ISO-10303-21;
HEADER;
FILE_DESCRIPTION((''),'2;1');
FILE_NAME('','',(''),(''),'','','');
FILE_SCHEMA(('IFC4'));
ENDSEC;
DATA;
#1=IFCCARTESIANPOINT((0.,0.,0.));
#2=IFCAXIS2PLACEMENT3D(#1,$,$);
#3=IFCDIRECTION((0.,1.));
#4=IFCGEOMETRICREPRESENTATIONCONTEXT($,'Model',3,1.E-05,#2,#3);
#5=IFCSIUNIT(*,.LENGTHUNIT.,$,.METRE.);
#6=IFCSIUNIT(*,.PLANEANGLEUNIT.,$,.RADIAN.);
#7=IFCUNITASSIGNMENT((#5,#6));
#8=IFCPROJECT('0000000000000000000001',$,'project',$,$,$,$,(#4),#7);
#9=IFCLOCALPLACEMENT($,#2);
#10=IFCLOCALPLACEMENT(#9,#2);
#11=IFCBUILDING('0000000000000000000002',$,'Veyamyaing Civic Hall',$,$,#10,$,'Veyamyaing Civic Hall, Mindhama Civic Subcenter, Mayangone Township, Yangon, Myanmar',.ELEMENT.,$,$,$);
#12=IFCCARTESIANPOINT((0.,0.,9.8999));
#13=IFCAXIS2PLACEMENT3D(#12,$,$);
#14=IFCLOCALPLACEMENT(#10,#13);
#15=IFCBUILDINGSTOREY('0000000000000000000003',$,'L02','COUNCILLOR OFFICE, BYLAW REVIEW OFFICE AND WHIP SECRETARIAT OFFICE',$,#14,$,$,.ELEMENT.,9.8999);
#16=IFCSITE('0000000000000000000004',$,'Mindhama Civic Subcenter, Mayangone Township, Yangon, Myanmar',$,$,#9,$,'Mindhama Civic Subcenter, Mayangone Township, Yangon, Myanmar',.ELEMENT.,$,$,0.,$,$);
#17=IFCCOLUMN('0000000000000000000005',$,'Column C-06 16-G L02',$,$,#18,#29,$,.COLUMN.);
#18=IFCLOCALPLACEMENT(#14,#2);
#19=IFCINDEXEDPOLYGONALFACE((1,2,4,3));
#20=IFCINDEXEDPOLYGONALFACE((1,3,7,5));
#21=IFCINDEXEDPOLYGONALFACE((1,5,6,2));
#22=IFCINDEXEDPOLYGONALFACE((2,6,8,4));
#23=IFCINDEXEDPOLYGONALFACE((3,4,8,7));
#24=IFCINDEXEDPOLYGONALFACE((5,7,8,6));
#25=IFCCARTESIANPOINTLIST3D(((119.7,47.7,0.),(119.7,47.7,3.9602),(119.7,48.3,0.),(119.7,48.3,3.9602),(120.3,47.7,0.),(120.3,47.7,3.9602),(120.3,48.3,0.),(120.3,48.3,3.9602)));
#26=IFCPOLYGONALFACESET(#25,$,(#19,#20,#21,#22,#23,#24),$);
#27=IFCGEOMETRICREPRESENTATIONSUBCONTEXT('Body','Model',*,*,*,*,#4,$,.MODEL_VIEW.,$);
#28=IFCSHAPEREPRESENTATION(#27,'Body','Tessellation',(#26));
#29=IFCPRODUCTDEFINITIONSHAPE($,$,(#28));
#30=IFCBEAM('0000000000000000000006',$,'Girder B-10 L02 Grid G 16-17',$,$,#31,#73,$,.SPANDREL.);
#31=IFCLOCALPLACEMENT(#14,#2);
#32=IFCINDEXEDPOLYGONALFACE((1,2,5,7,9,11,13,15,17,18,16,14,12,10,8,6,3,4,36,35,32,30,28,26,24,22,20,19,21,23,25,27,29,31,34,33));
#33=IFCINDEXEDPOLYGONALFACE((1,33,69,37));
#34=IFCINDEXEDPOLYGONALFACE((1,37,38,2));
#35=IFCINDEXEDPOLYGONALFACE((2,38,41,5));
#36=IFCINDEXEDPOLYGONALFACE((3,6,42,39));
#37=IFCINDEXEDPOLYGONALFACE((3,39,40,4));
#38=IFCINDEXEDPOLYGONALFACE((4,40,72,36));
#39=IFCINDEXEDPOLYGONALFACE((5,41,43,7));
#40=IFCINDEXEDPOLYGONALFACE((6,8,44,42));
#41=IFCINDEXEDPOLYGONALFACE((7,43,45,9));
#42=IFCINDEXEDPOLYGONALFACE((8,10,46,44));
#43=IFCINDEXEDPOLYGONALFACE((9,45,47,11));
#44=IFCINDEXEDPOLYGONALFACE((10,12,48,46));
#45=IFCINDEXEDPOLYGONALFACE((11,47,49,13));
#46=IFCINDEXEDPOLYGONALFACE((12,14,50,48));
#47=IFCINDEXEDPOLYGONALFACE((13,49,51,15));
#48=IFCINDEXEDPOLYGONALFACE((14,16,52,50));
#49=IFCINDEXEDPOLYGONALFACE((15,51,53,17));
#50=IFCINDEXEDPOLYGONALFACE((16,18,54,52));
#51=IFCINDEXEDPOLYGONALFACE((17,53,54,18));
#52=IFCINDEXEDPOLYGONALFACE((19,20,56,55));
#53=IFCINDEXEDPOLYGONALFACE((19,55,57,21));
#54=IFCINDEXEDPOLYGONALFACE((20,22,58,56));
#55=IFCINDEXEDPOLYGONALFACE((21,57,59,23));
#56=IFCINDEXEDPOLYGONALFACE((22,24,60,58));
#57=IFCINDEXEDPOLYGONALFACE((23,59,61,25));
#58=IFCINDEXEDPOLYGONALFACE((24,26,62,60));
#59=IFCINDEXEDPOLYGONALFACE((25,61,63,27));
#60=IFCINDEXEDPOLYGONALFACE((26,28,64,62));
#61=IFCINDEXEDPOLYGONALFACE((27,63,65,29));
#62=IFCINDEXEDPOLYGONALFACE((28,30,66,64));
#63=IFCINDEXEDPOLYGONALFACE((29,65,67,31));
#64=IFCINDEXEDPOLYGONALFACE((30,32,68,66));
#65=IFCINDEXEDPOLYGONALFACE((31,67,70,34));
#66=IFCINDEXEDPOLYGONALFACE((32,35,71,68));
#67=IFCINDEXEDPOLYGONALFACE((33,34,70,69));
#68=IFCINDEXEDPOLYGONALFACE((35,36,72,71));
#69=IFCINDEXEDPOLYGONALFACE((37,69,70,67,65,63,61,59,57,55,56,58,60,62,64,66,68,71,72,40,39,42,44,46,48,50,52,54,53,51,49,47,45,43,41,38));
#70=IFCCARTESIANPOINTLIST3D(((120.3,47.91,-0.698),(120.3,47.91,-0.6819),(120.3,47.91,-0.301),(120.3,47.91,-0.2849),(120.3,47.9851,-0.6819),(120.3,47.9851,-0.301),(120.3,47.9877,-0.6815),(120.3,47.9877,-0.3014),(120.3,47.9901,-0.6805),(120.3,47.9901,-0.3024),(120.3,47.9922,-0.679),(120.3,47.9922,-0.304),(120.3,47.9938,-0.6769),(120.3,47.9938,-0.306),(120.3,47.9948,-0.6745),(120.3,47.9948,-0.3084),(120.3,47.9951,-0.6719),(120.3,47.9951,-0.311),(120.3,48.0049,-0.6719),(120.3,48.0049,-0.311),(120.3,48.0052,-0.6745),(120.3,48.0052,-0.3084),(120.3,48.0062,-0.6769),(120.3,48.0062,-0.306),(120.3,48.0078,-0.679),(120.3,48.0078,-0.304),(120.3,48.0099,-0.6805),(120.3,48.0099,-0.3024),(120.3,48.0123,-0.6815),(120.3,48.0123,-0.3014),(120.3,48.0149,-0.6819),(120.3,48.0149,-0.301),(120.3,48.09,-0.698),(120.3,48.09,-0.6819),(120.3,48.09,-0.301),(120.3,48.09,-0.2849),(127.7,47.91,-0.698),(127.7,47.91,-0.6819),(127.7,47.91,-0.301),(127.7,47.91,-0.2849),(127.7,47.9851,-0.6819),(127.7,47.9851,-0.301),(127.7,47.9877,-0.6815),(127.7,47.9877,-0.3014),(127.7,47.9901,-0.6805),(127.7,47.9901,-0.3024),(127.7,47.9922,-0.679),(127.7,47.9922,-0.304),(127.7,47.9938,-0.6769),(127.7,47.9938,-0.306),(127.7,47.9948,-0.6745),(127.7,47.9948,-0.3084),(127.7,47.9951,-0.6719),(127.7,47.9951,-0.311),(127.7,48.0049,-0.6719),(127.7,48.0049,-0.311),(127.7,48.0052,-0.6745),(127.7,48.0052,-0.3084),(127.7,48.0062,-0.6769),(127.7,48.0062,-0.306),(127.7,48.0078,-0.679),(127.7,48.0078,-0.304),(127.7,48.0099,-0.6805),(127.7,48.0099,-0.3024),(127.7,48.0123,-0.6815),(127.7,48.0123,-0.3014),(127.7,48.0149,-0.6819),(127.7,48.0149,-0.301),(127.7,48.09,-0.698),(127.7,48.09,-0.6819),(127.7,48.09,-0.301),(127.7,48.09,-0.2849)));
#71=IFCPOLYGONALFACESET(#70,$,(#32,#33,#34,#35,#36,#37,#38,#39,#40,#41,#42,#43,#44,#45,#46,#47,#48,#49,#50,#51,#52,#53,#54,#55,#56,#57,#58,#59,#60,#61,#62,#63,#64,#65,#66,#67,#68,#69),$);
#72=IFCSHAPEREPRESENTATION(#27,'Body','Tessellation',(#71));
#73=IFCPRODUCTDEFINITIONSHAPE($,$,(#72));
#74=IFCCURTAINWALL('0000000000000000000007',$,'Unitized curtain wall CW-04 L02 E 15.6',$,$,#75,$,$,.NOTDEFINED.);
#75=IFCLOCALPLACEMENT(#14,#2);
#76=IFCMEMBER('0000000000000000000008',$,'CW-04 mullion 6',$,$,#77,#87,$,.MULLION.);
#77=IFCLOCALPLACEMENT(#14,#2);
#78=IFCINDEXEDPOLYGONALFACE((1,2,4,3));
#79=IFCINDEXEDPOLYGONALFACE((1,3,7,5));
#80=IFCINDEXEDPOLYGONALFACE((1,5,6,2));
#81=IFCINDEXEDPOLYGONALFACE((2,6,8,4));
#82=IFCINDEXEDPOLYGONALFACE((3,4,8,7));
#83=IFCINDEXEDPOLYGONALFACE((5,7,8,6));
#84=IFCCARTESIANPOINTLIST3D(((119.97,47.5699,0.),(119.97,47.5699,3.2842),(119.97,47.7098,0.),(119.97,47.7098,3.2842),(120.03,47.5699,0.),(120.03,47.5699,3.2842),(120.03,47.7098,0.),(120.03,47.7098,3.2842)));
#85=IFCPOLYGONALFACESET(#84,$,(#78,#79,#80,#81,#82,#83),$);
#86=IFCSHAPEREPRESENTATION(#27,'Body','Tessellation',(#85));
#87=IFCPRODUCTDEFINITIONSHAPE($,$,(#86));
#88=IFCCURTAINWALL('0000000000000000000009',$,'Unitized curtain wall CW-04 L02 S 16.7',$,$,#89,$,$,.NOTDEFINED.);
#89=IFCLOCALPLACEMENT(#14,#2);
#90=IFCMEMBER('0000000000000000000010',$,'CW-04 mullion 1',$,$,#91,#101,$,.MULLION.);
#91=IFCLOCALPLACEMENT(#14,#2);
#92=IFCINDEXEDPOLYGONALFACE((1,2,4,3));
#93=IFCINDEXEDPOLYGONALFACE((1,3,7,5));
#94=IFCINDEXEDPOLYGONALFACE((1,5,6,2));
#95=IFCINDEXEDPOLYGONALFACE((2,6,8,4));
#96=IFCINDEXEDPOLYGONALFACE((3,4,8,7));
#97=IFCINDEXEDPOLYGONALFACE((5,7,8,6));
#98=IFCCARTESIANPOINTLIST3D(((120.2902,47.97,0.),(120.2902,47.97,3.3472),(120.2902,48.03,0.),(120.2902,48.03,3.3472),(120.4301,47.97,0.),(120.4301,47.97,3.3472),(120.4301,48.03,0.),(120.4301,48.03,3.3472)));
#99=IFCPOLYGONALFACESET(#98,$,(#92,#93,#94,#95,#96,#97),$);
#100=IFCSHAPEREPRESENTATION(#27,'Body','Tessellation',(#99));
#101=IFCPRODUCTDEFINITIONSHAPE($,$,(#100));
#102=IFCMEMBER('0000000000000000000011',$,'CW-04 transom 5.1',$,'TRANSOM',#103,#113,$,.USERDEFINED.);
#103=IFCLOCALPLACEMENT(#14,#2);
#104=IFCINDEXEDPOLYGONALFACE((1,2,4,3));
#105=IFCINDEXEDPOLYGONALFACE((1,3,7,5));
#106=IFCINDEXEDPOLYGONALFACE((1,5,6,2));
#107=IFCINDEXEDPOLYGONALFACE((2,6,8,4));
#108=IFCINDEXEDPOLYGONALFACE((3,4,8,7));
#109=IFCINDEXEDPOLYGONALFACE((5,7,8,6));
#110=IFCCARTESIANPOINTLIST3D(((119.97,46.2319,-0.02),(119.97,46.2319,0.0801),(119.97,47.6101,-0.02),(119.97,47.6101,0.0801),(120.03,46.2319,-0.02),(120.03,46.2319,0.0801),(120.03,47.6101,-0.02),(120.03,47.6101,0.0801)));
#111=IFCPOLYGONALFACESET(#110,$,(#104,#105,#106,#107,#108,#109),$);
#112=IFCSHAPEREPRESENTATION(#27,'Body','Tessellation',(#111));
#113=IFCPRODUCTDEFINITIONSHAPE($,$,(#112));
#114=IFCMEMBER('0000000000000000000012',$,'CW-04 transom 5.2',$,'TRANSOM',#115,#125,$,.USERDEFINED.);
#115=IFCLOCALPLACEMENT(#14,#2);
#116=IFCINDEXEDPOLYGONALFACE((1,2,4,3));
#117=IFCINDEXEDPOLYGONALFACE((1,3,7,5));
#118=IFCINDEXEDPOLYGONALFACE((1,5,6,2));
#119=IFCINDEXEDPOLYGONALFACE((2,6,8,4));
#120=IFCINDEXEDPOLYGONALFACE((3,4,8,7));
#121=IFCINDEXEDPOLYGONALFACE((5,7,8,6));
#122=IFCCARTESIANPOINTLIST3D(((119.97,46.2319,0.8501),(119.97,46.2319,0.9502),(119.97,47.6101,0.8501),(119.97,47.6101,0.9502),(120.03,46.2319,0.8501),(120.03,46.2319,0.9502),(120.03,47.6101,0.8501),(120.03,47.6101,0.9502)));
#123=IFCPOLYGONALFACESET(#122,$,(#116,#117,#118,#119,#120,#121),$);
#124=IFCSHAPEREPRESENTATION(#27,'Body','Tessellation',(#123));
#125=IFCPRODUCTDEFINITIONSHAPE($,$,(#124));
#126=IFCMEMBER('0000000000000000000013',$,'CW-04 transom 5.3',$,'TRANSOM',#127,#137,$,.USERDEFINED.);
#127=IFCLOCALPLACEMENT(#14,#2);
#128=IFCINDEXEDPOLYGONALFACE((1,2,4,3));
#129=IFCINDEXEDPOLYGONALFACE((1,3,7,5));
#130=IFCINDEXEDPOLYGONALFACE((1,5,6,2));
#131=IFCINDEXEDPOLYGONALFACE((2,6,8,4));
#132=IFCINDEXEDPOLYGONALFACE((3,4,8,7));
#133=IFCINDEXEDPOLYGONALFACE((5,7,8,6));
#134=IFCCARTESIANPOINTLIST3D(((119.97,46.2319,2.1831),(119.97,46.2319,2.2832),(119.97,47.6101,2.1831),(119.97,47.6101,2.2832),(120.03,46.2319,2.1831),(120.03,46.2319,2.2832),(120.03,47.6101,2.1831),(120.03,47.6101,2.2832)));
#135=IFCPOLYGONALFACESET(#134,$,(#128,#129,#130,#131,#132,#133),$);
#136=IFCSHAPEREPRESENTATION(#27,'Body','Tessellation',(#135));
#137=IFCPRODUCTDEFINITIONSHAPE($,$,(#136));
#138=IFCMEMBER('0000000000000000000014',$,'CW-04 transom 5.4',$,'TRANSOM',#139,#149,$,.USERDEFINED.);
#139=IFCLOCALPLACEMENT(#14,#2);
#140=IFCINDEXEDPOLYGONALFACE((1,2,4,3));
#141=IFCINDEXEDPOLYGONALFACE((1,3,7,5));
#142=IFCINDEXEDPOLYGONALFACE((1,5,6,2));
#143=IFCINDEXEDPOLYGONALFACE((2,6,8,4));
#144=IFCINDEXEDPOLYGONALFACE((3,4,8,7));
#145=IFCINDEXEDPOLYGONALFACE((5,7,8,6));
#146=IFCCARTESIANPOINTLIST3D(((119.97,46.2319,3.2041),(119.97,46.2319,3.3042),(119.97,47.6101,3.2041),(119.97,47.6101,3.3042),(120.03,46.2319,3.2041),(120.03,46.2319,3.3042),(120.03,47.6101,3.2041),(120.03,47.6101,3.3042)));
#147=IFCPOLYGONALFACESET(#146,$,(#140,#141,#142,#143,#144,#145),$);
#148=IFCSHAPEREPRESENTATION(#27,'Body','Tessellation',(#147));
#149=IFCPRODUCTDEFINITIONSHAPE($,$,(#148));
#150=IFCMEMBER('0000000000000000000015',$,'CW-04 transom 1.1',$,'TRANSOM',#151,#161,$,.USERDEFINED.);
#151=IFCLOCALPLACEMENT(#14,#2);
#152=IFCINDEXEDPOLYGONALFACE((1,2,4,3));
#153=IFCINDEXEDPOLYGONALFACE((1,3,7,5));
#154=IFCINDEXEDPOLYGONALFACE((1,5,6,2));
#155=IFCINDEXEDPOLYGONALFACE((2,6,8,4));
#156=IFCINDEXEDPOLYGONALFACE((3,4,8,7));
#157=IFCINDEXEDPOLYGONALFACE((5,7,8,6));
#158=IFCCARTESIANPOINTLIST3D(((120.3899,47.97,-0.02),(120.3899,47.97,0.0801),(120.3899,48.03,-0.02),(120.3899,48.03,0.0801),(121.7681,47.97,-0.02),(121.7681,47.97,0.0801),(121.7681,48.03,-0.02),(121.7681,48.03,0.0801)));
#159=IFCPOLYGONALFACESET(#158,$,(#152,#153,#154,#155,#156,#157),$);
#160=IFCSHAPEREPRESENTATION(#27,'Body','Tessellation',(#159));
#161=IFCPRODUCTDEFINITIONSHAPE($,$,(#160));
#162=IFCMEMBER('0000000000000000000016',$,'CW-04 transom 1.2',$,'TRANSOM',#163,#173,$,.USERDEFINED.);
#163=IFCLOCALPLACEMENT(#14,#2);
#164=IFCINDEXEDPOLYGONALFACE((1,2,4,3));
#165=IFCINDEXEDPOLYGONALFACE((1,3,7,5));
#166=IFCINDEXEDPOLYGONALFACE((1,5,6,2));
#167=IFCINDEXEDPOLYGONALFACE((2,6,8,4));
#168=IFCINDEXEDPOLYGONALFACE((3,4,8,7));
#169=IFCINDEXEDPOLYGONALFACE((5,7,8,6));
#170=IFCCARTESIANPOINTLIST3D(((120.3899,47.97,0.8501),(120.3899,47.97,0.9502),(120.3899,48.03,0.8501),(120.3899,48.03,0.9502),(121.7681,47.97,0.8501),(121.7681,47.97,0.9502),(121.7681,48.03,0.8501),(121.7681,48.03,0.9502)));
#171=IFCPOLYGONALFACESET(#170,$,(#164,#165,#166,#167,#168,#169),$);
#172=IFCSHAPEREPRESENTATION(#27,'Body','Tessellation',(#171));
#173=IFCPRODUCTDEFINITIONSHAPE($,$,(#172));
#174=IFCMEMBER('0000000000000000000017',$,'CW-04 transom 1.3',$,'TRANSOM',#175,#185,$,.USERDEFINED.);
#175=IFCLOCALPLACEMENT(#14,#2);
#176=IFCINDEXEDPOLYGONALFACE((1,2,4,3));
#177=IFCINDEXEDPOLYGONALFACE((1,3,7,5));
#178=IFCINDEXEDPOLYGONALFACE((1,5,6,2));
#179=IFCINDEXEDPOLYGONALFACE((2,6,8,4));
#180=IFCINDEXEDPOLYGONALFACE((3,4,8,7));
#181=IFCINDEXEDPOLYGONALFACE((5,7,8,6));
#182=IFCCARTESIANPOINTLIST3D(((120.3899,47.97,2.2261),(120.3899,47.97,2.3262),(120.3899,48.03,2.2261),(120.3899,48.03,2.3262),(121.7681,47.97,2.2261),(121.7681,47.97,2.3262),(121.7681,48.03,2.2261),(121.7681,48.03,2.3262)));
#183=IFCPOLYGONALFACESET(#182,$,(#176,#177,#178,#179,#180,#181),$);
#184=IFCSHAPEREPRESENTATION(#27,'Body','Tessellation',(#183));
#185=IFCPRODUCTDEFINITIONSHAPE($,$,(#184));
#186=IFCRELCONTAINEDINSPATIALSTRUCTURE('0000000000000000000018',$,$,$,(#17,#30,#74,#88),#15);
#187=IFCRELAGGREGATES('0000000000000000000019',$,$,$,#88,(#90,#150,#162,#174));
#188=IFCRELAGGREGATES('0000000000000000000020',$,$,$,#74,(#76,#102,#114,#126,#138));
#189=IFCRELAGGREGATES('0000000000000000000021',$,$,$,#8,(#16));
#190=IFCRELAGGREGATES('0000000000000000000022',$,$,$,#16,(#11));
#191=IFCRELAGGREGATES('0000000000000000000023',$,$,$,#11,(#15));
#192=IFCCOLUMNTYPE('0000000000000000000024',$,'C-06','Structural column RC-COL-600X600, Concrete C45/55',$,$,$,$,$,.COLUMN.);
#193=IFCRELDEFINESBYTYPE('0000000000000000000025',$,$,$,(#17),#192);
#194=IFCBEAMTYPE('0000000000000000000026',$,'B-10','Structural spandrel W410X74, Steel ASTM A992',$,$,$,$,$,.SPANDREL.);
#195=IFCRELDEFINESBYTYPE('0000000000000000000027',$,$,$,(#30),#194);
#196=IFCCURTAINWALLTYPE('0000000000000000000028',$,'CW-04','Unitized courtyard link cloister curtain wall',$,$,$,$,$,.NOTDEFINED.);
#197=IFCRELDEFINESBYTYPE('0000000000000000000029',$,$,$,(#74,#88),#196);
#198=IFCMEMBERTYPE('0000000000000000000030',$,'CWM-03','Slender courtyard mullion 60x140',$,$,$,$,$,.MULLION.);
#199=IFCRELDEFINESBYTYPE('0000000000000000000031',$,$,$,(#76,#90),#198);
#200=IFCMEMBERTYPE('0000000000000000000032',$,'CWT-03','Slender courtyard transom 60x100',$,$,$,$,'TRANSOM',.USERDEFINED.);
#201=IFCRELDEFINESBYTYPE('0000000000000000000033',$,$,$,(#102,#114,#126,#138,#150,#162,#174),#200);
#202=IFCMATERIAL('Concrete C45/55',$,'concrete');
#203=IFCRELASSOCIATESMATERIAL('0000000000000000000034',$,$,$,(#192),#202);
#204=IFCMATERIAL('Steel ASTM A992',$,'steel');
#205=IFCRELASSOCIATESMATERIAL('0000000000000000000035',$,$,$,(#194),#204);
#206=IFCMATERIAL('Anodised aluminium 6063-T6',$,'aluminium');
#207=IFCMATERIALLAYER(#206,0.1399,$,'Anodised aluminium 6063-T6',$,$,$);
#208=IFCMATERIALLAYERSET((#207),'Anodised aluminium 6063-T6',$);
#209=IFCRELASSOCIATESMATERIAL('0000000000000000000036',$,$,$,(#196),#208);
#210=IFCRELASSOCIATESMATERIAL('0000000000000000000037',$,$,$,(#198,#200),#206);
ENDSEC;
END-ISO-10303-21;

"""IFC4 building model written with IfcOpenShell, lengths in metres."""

from ifc_helpers import new_model, si_unit, direction, frame, origin, origin_2d, place, context, subcontext, project, spatial, rectangle, i_section, extrude, material, layer, layer_set, material_profile, profile_set, type_object, element, aggregate, save


model = new_model("IFC4")

# Units and contexts
model_context = context("Model", 3, precision=1e-05, world=origin(), true_north=direction((0.0, 1.0)))
body_context = subcontext(model_context, "Body", "Model", "MODEL_VIEW")
ifc_project = project(units=[si_unit("LENGTHUNIT", "METRE"), si_unit("PLANEANGLEUNIT", "RADIAN")], contexts=[model_context])

# Site, building, storey
site_placement = place(None, origin())
site = spatial("IfcSite", under=ifc_project, at=site_placement, Name="Mindhama Civic Subcenter, Mayangone Township, Yangon, Myanmar", LongName="Mindhama Civic Subcenter, Mayangone Township, Yangon, Myanmar", CompositionType="ELEMENT", RefElevation=0.0)
building_placement = place(site_placement, origin())
building = spatial("IfcBuilding", under=site, at=building_placement, Name="Veyamyaing Civic Hall", LongName="Veyamyaing Civic Hall, Mindhama Civic Subcenter, Mayangone Township, Yangon, Myanmar", CompositionType="ELEMENT")
storey_placement = place(building_placement, frame((0.0, 0.0, 9.8999)))
storey = spatial("IfcBuildingStorey", under=building, at=storey_placement, Name="L02", Description="COUNCILLOR OFFICE, BYLAW REVIEW OFFICE AND WHIP SECRETARIAT OFFICE", CompositionType="ELEMENT", Elevation=9.8999)

# Column
ifc_material_1 = material(Name="Concrete C45/55", Category="concrete")
ifc_material_profile_1 = material_profile(ifc_material_1, rectangle(XDim=0.6001, YDim=0.6001, at=origin_2d()), Name="RC-COL-600X600")
ifc_profile_set_1 = profile_set([ifc_material_profile_1], Name="Concrete C45/55")
column_type = type_object("IfcColumnType", Name="C-06", Description="Structural column RC-COL-600X600, Concrete C45/55", PredefinedType="COLUMN", material=ifc_profile_set_1)
column_placement = place(storey_placement, frame((120.0, 48.0, 0.0), z_axis=(0.0, 0.0, 1.0), x_axis=(1.0, 0.0, 0.0)))
element("IfcColumn", 1, at=column_placement, inside=storey, type_object=column_type, Name="Column C-06 16-G L02", PredefinedType="COLUMN", context=body_context, shape_type="SweptSolid", body=[
    extrude(rectangle(XDim=0.6001, YDim=0.6001, at=origin_2d()), origin(), (0.0, 0.0, 1.0), 3.9602),
])

# Beam
ifc_material_2 = material(Name="Steel ASTM A992", Category="steel")
ifc_material_profile_2 = material_profile(ifc_material_2, i_section(OverallWidth=0.1799, OverallDepth=0.4131, WebThickness=0.0098, FlangeThickness=0.0161, FilletRadius=0.01, at=origin_2d()), Name="W410X74")
ifc_profile_set_2 = profile_set([ifc_material_profile_2], Name="Steel ASTM A992")
beam_type = type_object("IfcBeamType", Name="B-10", Description="Structural spandrel W410X74, Steel ASTM A992", PredefinedType="SPANDREL", material=ifc_profile_set_2)
beam_placement = place(storey_placement, frame((120.3, 48.0, -0.4915), z_axis=(1.0, 0.0, 0.0), x_axis=(0.0, 1.0, 0.0)))
element("IfcBeam", 2, at=beam_placement, inside=storey, type_object=beam_type, Name="Girder B-10 L02 Grid G 16-17", PredefinedType="SPANDREL", context=body_context, shape_type="SweptSolid", body=[
    extrude(i_section(OverallWidth=0.1799, OverallDepth=0.4131, WebThickness=0.0098, FlangeThickness=0.0161, FilletRadius=0.01, at=origin_2d()), origin(), (0.0, 0.0, 1.0), 7.3999),
])

# Curtain walls, members
ifc_material_3 = material(Name="Anodised aluminium 6063-T6", Category="aluminium")
ifc_layer_1 = layer(ifc_material_3, 0.1399, Name="Anodised aluminium 6063-T6")
ifc_layer_set_1 = layer_set([ifc_layer_1], Name="Anodised aluminium 6063-T6")
curtain_wall_type = type_object("IfcCurtainWallType", Name="CW-04", Description="Unitized courtyard link cloister curtain wall", PredefinedType="NOTDEFINED", material=ifc_layer_set_1)
curtain_wall_1_placement = place(storey_placement, origin())
curtain_wall_1 = element("IfcCurtainWall", 3, at=curtain_wall_1_placement, inside=storey, type_object=curtain_wall_type, Name="Unitized curtain wall CW-04 L02 E 15.6", PredefinedType="NOTDEFINED")
ifc_material_profile_3 = material_profile(ifc_material_3, rectangle(XDim=0.0601, YDim=0.1399, at=origin_2d()), Name="ALU-MUL-60X140")
ifc_profile_set_3 = profile_set([ifc_material_profile_3], Name="Anodised aluminium 6063-T6")
member_type_1 = type_object("IfcMemberType", Name="CWM-03", Description="Slender courtyard mullion 60x140", PredefinedType="MULLION", material=ifc_profile_set_3)
member_1_placement = place(storey_placement, frame((120.0, 47.6399, 0.0), z_axis=(0.0, 0.0, 1.0), x_axis=(-1.0, 0.0, 0.0)))
member_1 = element("IfcMember", 4, at=member_1_placement, type_object=member_type_1, Name="CW-04 mullion 6", PredefinedType="MULLION", context=body_context, shape_type="SweptSolid", body=[
    extrude(rectangle(XDim=0.0601, YDim=0.1399, at=origin_2d()), origin(), (0.0, 0.0, 1.0), 3.2842),
])
curtain_wall_2_placement = place(storey_placement, origin())
curtain_wall_2 = element("IfcCurtainWall", 5, at=curtain_wall_2_placement, inside=storey, type_object=curtain_wall_type, Name="Unitized curtain wall CW-04 L02 S 16.7", PredefinedType="NOTDEFINED")
member_2_placement = place(storey_placement, frame((120.3601, 48.0, 0.0), z_axis=(0.0, 0.0, 1.0), x_axis=(0.0, 1.0, 0.0)))
member_2 = element("IfcMember", 6, at=member_2_placement, type_object=member_type_1, Name="CW-04 mullion 1", PredefinedType="MULLION", context=body_context, shape_type="SweptSolid", body=[
    extrude(rectangle(XDim=0.0601, YDim=0.1399, at=origin_2d()), origin(), (0.0, 0.0, 1.0), 3.3472),
])

# Members
ifc_material_profile_4 = material_profile(ifc_material_3, rectangle(XDim=0.0601, YDim=0.1001, at=origin_2d()), Name="ALU-TRN-60X100")
ifc_profile_set_4 = profile_set([ifc_material_profile_4], Name="Anodised aluminium 6063-T6")
member_type_2 = type_object("IfcMemberType", Name="CWT-03", Description="Slender courtyard transom 60x100", ElementType="TRANSOM", PredefinedType="USERDEFINED", material=ifc_profile_set_4)
member_3_placement = place(storey_placement, frame((120.0, 46.2319, 0.03), z_axis=(0.0, 1.0, 0.0), x_axis=(-1.0, 0.0, 0.0)))
member_3 = element("IfcMember", 7, at=member_3_placement, type_object=member_type_2, Name="CW-04 transom 5.1", ObjectType="TRANSOM", PredefinedType="USERDEFINED", context=body_context, shape_type="SweptSolid", body=[
    extrude(rectangle(XDim=0.0601, YDim=0.1001, at=origin_2d()), origin(), (0.0, 0.0, 1.0), 1.3782),
])
member_4_placement = place(storey_placement, frame((120.0, 46.2319, 0.9001), z_axis=(0.0, 1.0, 0.0), x_axis=(-1.0, 0.0, 0.0)))
member_4 = element("IfcMember", 8, at=member_4_placement, type_object=member_type_2, Name="CW-04 transom 5.2", ObjectType="TRANSOM", PredefinedType="USERDEFINED", context=body_context, shape_type="SweptSolid", body=[
    extrude(rectangle(XDim=0.0601, YDim=0.1001, at=origin_2d()), origin(), (0.0, 0.0, 1.0), 1.3782),
])
member_5_placement = place(storey_placement, frame((120.0, 46.2319, 2.2332), z_axis=(0.0, 1.0, 0.0), x_axis=(-1.0, 0.0, 0.0)))
member_5 = element("IfcMember", 9, at=member_5_placement, type_object=member_type_2, Name="CW-04 transom 5.3", ObjectType="TRANSOM", PredefinedType="USERDEFINED", context=body_context, shape_type="SweptSolid", body=[
    extrude(rectangle(XDim=0.0601, YDim=0.1001, at=origin_2d()), origin(), (0.0, 0.0, 1.0), 1.3782),
])
member_6_placement = place(storey_placement, frame((120.0, 46.2319, 3.2542), z_axis=(0.0, 1.0, 0.0), x_axis=(-1.0, 0.0, 0.0)))
member_6 = element("IfcMember", 10, at=member_6_placement, type_object=member_type_2, Name="CW-04 transom 5.4", ObjectType="TRANSOM", PredefinedType="USERDEFINED", context=body_context, shape_type="SweptSolid", body=[
    extrude(rectangle(XDim=0.0601, YDim=0.1001, at=origin_2d()), origin(), (0.0, 0.0, 1.0), 1.3782),
])
member_7_placement = place(storey_placement, frame((120.3899, 48.0, 0.03), z_axis=(1.0, 0.0, 0.0), x_axis=(0.0, 1.0, 0.0)))
member_7 = element("IfcMember", 11, at=member_7_placement, type_object=member_type_2, Name="CW-04 transom 1.1", ObjectType="TRANSOM", PredefinedType="USERDEFINED", context=body_context, shape_type="SweptSolid", body=[
    extrude(rectangle(XDim=0.0601, YDim=0.1001, at=origin_2d()), origin(), (0.0, 0.0, 1.0), 1.3782),
])
member_8_placement = place(storey_placement, frame((120.3899, 48.0, 0.9001), z_axis=(1.0, 0.0, 0.0), x_axis=(0.0, 1.0, 0.0)))
member_8 = element("IfcMember", 12, at=member_8_placement, type_object=member_type_2, Name="CW-04 transom 1.2", ObjectType="TRANSOM", PredefinedType="USERDEFINED", context=body_context, shape_type="SweptSolid", body=[
    extrude(rectangle(XDim=0.0601, YDim=0.1001, at=origin_2d()), origin(), (0.0, 0.0, 1.0), 1.3782),
])
member_9_placement = place(storey_placement, frame((120.3899, 48.0, 2.2761), z_axis=(1.0, 0.0, 0.0), x_axis=(0.0, 1.0, 0.0)))
member_9 = element("IfcMember", 13, at=member_9_placement, type_object=member_type_2, Name="CW-04 transom 1.3", ObjectType="TRANSOM", PredefinedType="USERDEFINED", context=body_context, shape_type="SweptSolid", body=[
    extrude(rectangle(XDim=0.0601, YDim=0.1001, at=origin_2d()), origin(), (0.0, 0.0, 1.0), 1.3782),
])

aggregate(curtain_wall_2, [member_2, member_7, member_8, member_9])
aggregate(curtain_wall_1, [member_1, member_3, member_4, member_5, member_6])

save(model, "model.ifc")
